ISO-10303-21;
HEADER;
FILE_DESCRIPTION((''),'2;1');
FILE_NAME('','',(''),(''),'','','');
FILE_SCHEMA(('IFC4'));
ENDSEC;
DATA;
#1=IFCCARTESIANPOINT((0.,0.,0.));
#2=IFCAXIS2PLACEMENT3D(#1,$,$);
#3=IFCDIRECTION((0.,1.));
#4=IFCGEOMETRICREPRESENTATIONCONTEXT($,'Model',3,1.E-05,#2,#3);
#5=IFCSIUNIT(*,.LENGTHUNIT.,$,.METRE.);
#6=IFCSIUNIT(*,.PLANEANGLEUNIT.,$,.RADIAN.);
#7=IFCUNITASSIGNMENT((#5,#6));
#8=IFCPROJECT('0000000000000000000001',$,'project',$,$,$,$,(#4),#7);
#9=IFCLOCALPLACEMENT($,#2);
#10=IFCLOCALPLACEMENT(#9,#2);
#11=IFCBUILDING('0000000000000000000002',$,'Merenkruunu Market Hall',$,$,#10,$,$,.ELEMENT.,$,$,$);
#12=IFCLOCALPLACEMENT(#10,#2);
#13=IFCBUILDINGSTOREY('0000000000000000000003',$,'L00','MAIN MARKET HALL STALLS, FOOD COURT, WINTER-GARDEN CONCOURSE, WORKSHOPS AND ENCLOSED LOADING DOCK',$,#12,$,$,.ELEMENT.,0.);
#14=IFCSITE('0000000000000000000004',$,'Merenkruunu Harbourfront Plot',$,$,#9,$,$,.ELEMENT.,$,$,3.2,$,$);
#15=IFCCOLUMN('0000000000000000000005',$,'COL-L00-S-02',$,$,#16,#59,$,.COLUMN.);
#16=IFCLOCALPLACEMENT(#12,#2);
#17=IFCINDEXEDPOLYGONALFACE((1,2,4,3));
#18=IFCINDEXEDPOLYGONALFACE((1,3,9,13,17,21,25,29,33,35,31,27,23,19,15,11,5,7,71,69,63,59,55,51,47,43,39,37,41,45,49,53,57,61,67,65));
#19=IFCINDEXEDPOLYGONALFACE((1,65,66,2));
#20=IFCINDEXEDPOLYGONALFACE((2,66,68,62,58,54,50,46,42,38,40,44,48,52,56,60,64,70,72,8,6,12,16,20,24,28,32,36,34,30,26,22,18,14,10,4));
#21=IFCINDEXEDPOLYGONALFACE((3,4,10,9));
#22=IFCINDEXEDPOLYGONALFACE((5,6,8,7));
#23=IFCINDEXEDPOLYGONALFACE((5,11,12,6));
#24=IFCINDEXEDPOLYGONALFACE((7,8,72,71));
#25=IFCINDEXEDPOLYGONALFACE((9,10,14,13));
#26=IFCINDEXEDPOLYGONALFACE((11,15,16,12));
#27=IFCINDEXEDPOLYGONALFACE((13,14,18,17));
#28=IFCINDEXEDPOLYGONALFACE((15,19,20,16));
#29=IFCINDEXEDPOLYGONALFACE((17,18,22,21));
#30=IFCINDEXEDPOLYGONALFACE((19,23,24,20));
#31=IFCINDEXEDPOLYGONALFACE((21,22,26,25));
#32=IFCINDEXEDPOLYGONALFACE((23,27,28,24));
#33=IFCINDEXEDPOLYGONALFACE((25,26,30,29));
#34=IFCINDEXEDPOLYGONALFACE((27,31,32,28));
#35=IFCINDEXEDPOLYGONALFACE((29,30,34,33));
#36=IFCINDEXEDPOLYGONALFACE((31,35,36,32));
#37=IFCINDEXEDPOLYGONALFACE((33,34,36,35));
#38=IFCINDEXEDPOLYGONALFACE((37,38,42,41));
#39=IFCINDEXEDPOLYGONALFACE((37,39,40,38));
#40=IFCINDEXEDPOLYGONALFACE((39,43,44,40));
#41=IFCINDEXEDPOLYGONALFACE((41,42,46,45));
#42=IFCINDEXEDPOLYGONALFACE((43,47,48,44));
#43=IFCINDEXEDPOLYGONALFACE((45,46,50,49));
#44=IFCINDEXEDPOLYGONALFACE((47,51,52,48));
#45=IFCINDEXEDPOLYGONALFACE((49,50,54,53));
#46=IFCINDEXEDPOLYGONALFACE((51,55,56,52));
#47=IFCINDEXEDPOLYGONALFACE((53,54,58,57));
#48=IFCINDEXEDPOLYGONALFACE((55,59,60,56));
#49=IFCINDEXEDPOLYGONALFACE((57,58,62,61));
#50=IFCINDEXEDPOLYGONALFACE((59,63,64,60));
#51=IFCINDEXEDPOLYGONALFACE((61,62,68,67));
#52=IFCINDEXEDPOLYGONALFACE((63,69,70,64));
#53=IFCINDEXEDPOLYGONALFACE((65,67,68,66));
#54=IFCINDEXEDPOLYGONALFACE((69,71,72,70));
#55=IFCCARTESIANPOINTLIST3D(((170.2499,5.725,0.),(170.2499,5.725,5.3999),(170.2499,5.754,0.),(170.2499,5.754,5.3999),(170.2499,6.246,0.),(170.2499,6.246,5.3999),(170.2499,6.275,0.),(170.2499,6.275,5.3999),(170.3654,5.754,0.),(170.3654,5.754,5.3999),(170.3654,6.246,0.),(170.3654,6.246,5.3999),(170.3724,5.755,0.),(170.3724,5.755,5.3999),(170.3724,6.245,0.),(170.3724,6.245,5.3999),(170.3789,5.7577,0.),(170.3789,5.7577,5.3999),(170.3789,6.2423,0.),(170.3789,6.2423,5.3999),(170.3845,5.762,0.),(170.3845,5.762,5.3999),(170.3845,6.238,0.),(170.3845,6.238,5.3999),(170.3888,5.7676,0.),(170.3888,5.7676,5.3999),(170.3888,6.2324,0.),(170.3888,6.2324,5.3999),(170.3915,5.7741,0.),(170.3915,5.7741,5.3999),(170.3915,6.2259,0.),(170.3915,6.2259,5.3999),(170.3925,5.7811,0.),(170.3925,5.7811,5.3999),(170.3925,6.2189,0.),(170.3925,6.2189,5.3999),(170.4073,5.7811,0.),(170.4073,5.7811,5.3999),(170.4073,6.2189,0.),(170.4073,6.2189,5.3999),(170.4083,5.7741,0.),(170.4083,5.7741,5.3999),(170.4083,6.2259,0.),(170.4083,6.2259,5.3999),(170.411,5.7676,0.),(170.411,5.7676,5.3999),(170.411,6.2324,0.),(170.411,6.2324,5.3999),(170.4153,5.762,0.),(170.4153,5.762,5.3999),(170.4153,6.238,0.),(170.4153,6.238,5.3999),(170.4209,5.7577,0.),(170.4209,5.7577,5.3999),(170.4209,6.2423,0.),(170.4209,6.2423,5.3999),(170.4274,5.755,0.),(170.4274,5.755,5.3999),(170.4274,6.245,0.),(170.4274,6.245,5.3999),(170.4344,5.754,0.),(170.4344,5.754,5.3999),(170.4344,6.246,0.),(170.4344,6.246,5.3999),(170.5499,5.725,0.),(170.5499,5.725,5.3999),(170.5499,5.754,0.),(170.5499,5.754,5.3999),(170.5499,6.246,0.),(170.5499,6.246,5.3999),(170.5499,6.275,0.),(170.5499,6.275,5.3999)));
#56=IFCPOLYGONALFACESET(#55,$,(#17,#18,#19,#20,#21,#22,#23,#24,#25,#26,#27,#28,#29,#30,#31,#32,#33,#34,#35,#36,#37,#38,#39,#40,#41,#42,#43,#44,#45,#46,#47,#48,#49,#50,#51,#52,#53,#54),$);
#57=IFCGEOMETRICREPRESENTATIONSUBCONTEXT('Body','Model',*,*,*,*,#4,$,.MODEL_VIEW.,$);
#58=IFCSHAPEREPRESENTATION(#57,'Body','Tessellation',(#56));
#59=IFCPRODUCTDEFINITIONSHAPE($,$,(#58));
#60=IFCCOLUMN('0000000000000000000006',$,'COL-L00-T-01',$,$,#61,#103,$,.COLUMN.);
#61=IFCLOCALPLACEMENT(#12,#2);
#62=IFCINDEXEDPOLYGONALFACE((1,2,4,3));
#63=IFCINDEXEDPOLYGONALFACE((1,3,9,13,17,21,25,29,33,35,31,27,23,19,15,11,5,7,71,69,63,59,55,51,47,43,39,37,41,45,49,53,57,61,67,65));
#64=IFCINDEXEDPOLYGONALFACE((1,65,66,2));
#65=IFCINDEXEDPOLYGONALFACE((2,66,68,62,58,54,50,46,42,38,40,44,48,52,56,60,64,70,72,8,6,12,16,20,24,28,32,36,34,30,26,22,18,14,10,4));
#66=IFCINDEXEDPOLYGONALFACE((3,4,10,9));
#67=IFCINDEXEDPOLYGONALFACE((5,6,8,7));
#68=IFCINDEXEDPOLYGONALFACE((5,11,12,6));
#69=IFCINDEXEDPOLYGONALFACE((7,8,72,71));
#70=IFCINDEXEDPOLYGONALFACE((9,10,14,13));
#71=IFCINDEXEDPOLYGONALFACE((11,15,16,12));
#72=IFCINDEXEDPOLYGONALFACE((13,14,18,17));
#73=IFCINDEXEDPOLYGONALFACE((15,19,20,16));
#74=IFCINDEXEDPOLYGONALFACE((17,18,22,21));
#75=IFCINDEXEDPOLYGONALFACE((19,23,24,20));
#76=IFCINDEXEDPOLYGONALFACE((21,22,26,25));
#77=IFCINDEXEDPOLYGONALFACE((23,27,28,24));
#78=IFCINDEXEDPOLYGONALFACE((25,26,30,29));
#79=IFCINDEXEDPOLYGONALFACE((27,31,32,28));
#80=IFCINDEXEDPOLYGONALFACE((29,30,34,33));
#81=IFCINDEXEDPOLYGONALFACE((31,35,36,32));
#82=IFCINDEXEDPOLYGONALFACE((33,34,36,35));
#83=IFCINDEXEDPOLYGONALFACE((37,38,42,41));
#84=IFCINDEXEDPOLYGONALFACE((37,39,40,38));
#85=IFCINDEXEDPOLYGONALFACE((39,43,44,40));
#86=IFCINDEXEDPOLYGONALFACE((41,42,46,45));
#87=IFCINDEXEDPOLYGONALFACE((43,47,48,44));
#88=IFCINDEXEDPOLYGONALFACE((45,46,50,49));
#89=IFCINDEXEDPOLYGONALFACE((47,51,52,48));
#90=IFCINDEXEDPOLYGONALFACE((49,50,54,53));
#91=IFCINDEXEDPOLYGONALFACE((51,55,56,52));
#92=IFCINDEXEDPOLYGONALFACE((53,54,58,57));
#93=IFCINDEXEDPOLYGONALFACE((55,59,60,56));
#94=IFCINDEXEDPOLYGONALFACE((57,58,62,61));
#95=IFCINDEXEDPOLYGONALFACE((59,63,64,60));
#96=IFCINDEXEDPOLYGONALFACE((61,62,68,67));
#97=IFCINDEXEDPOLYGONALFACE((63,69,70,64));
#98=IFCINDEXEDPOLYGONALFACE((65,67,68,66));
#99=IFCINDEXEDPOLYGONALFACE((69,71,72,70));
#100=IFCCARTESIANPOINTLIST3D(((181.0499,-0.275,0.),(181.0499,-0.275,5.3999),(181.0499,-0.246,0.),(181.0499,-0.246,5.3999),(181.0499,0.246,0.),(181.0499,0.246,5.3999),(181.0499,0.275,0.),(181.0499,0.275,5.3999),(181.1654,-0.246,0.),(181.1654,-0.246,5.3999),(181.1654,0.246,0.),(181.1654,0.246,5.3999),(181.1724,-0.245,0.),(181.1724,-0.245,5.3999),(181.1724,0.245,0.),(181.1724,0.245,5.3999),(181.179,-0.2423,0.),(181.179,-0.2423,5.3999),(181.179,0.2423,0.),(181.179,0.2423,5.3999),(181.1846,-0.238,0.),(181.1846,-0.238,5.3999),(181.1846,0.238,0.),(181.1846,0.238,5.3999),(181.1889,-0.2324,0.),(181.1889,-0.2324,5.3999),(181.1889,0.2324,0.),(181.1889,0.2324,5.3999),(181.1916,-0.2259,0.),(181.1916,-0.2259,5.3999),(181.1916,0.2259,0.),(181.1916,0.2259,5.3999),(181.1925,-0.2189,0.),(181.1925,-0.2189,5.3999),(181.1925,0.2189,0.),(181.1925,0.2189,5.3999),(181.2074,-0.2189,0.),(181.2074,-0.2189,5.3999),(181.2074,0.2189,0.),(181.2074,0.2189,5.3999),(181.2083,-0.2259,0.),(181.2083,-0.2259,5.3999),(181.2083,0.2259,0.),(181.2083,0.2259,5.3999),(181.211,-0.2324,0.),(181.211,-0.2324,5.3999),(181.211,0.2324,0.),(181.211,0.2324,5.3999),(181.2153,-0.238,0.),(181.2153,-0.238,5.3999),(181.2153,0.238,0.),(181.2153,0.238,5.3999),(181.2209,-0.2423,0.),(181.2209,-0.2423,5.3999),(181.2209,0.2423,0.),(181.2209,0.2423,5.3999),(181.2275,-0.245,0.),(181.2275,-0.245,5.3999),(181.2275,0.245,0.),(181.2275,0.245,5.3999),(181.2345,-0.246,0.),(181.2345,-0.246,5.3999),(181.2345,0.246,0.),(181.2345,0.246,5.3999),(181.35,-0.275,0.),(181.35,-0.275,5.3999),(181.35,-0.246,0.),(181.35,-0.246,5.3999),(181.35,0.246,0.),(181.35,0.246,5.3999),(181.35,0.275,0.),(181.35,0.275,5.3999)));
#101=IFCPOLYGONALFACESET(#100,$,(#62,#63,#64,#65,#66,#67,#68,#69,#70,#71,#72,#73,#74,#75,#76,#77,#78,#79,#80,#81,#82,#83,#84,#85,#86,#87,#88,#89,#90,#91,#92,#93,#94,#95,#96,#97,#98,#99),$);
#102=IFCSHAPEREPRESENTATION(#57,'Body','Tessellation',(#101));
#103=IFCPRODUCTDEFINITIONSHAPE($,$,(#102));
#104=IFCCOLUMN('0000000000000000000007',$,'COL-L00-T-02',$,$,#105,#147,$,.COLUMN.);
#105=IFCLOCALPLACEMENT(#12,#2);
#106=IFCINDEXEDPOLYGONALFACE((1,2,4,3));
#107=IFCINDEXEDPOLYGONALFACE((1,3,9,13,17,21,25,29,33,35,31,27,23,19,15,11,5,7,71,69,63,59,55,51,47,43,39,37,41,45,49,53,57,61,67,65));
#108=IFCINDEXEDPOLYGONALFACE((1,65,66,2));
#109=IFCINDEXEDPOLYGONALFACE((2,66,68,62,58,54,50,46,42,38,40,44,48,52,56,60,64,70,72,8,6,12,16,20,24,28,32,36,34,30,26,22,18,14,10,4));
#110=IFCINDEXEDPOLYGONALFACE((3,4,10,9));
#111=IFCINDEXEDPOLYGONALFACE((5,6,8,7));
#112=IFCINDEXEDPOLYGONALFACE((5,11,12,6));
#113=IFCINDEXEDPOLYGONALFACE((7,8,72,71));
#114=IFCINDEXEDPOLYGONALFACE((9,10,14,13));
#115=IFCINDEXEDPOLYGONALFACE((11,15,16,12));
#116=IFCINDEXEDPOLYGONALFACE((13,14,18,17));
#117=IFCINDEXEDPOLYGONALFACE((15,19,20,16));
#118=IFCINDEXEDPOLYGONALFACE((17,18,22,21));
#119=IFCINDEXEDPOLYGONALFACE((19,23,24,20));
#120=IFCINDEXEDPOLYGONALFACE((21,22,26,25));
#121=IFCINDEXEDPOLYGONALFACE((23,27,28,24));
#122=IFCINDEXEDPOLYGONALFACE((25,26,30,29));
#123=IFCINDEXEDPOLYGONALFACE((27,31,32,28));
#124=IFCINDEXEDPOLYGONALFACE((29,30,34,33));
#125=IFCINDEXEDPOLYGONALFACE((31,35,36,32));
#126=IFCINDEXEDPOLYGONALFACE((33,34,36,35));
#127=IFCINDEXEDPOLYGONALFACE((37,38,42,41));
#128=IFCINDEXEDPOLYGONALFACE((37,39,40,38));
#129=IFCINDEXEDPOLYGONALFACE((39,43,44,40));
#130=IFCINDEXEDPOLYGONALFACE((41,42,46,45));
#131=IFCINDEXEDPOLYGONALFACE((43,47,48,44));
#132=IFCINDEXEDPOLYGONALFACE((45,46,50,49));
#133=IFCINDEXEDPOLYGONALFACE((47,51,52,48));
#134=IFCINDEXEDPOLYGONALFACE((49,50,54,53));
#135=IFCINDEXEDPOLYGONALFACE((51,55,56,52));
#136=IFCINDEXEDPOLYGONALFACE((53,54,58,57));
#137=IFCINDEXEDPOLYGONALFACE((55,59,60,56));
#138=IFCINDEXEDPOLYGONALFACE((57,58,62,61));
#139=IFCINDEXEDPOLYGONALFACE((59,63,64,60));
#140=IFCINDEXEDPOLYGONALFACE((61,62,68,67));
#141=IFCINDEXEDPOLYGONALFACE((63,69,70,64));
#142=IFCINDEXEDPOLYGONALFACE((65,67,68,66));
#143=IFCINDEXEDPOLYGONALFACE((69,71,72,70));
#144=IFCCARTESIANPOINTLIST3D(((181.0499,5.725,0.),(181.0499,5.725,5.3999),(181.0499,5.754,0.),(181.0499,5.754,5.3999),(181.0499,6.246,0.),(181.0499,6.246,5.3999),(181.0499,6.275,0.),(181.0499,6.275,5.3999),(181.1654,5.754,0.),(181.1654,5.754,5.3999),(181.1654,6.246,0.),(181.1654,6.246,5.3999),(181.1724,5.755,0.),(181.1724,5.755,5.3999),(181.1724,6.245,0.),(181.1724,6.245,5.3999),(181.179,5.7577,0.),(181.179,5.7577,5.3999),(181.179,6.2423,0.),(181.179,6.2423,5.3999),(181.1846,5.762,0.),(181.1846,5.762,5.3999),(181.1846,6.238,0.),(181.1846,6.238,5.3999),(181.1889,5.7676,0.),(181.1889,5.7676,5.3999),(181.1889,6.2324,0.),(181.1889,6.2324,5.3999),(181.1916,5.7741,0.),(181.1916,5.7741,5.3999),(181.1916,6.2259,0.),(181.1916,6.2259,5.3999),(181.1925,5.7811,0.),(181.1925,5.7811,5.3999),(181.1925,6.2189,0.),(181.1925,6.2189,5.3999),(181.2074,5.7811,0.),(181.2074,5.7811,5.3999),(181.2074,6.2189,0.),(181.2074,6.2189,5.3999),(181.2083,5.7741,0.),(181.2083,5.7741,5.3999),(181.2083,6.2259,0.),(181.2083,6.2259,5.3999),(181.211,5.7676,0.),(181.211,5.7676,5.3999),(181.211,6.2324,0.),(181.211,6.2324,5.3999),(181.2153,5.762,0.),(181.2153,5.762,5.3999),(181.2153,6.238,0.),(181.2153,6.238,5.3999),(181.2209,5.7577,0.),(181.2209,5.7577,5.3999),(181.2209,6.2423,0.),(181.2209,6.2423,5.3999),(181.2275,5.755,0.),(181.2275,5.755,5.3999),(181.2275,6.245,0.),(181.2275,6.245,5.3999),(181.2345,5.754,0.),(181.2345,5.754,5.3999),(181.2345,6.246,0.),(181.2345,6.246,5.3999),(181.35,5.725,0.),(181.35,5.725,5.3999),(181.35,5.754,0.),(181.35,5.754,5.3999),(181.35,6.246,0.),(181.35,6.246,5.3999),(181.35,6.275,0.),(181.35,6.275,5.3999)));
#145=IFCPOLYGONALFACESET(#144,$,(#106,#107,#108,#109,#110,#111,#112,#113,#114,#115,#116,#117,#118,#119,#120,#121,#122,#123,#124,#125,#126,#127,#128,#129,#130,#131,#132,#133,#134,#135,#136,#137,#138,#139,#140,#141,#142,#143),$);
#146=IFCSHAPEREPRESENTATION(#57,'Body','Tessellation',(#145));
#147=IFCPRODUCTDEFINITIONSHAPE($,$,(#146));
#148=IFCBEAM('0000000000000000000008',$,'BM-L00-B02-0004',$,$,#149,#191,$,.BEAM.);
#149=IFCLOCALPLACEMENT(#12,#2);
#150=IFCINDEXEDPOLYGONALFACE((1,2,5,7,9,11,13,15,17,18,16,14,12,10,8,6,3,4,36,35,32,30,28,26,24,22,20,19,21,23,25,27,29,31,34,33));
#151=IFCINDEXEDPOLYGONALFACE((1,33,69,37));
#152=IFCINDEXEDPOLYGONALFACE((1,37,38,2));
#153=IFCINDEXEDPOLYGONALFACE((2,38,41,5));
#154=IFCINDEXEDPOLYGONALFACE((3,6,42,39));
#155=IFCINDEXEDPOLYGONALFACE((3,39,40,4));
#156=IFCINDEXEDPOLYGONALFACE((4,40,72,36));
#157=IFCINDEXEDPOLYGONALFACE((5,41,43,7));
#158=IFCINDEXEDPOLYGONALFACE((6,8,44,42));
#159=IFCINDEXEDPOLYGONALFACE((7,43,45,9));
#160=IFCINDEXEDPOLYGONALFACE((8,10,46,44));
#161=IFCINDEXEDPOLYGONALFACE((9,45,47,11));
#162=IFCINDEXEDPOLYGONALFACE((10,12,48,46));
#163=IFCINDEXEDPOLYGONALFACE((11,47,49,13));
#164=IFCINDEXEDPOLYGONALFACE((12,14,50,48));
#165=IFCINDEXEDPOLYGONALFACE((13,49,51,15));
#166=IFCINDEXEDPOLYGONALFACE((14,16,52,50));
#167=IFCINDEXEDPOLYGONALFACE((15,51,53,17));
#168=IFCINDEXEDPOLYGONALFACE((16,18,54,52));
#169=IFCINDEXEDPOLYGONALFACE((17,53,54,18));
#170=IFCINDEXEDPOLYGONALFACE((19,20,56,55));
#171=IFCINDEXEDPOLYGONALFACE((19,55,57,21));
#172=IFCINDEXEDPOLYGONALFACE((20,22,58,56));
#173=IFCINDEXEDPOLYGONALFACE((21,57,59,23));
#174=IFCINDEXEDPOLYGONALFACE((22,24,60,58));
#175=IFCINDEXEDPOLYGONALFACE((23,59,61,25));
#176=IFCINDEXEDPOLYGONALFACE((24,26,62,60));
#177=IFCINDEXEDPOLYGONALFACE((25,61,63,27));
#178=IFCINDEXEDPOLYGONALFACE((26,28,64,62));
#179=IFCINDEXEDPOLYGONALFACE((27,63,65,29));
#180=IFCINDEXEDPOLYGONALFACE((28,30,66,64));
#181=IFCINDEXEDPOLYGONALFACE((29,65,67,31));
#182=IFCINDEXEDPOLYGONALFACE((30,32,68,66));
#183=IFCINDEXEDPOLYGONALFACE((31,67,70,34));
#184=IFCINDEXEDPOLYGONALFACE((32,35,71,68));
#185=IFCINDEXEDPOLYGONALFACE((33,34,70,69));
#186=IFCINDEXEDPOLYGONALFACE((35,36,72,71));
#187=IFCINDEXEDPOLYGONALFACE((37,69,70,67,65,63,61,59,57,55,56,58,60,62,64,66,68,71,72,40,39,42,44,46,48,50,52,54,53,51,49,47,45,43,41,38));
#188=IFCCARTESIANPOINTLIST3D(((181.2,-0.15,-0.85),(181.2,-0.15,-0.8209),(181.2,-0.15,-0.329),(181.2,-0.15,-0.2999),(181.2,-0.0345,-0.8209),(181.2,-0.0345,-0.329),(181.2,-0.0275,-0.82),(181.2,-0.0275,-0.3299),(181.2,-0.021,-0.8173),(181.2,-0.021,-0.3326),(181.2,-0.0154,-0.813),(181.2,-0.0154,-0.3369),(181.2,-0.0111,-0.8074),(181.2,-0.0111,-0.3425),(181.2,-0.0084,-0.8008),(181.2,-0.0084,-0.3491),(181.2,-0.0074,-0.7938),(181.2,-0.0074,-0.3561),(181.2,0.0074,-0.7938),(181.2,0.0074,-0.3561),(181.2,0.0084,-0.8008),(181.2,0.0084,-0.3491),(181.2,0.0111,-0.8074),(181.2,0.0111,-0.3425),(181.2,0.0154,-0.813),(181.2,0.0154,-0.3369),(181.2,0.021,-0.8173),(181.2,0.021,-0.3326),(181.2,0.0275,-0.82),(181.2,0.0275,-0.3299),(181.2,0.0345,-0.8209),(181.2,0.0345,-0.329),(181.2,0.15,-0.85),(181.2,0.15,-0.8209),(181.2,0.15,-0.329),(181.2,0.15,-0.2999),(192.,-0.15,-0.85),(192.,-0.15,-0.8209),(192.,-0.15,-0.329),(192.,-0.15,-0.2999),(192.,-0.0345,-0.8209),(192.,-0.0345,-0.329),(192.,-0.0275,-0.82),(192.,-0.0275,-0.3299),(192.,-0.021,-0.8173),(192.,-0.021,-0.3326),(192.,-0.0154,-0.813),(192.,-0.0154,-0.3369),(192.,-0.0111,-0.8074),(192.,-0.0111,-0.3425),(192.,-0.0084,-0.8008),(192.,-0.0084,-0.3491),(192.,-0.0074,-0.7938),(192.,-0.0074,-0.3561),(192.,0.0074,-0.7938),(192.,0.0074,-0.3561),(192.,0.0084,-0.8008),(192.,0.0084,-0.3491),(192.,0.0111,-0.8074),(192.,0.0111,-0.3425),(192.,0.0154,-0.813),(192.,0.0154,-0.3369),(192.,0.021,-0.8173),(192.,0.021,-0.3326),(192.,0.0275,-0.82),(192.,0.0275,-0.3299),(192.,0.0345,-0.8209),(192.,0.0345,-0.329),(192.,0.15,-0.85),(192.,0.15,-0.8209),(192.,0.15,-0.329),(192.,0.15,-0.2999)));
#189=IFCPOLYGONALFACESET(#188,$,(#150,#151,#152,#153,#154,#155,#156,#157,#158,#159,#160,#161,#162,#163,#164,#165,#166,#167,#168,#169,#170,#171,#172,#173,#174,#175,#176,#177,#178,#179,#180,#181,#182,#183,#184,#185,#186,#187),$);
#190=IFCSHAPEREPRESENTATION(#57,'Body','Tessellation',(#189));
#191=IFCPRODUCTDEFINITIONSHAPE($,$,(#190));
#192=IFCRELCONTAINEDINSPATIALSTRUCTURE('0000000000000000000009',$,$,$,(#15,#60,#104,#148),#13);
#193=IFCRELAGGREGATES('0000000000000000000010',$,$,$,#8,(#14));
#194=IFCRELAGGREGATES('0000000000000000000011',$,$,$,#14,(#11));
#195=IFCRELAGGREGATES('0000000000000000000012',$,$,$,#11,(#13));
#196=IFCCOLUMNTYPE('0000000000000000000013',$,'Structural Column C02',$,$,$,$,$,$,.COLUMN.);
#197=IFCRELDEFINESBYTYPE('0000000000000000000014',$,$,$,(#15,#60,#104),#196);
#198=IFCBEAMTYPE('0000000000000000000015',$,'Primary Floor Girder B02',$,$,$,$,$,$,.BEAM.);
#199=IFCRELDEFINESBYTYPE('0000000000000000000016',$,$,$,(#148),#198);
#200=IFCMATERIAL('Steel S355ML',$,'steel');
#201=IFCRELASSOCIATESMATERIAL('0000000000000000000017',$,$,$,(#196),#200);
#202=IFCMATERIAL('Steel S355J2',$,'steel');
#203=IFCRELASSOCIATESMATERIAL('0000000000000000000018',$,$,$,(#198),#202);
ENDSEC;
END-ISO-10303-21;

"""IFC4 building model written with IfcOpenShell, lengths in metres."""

from ifc_helpers import new_model, si_unit, direction, frame, origin, origin_2d, place, context, subcontext, project, spatial, i_section, extrude, material, material_profile, profile_set, type_object, element, save


model = new_model("IFC4")

# Units and contexts
model_context = context("Model", 3, precision=1e-05, world=origin(), true_north=direction((0.0, 1.0)))
body_context = subcontext(model_context, "Body", "Model", "MODEL_VIEW")
ifc_project = project(units=[si_unit("LENGTHUNIT", "METRE"), si_unit("PLANEANGLEUNIT", "RADIAN")], contexts=[model_context])

# Site, building, storey
site_placement = place(None, origin())
site = spatial("IfcSite", under=ifc_project, at=site_placement, Name="Merenkruunu Harbourfront Plot", CompositionType="ELEMENT", RefElevation=3.2)
building_placement = place(site_placement, origin())
building = spatial("IfcBuilding", under=site, at=building_placement, Name="Merenkruunu Market Hall", CompositionType="ELEMENT")
storey_placement = place(building_placement, origin())
storey = spatial("IfcBuildingStorey", under=building, at=storey_placement, Name="L00", Description="MAIN MARKET HALL STALLS, FOOD COURT, WINTER-GARDEN CONCOURSE, WORKSHOPS AND ENCLOSED LOADING DOCK", CompositionType="ELEMENT", Elevation=0.0)

# Columns
ifc_material_1 = material(Name="Steel S355ML", Category="steel")
ifc_material_profile_1 = material_profile(ifc_material_1, i_section(OverallWidth=0.3, OverallDepth=0.55, WebThickness=0.0149, FlangeThickness=0.0291, FilletRadius=0.0271, at=origin_2d()), Name="HEB 550")
ifc_profile_set_1 = profile_set([ifc_material_profile_1], Name="Steel S355ML")
column_type = type_object("IfcColumnType", Name="Structural Column C02", PredefinedType="COLUMN", material=ifc_profile_set_1)
for number, where, z_axis, x_axis, name in (
    (1, (170.3999, 6.0, 0.0), (0.0, 0.0, 1.0), (1.0, 0.0, 0.0), "COL-L00-S-02"),
    (2, (181.2, 0.0, 0.0), (0.0, 0.0, 1.0), (1.0, 0.0, 0.0), "COL-L00-T-01"),
    (3, (181.2, 6.0, 0.0), (0.0, 0.0, 1.0), (1.0, 0.0, 0.0), "COL-L00-T-02"),
):
    element("IfcColumn", number, at=place(storey_placement, frame(where, z_axis=z_axis, x_axis=x_axis)), inside=storey, type_object=column_type, Name=name, PredefinedType="COLUMN", context=body_context, shape_type="SweptSolid", body=[
        extrude(i_section(OverallWidth=0.3, OverallDepth=0.55, WebThickness=0.0149, FlangeThickness=0.0291, FilletRadius=0.0271, at=origin_2d()), origin(), (0.0, 0.0, 1.0), 5.3999),
    ])

# Beam
ifc_material_2 = material(Name="Steel S355J2", Category="steel")
ifc_material_profile_2 = material_profile(ifc_material_2, i_section(OverallWidth=0.3, OverallDepth=0.55, WebThickness=0.0149, FlangeThickness=0.0291, FilletRadius=0.0271, at=origin_2d()), Name="HEB 550")
ifc_profile_set_2 = profile_set([ifc_material_profile_2], Name="Steel S355J2")
beam_type_1 = type_object("IfcBeamType", Name="Primary Floor Girder B02", PredefinedType="BEAM", material=ifc_profile_set_2)
for number, where, z_axis, x_axis, name in (
    (4, (181.2, 0.0, -0.575), (1.0, 0.0, 0.0), (0.0, 1.0, 0.0), "BM-L00-B02-0004"),
):
    element("IfcBeam", number, at=place(storey_placement, frame(where, z_axis=z_axis, x_axis=x_axis)), inside=storey, type_object=beam_type_1, Name=name, PredefinedType="BEAM", context=body_context, shape_type="SweptSolid", body=[
        extrude(i_section(OverallWidth=0.3, OverallDepth=0.55, WebThickness=0.0149, FlangeThickness=0.0291, FilletRadius=0.0271, at=origin_2d()), origin(), (0.0, 0.0, 1.0), 10.8),
    ])

save(model, "model.ifc")
